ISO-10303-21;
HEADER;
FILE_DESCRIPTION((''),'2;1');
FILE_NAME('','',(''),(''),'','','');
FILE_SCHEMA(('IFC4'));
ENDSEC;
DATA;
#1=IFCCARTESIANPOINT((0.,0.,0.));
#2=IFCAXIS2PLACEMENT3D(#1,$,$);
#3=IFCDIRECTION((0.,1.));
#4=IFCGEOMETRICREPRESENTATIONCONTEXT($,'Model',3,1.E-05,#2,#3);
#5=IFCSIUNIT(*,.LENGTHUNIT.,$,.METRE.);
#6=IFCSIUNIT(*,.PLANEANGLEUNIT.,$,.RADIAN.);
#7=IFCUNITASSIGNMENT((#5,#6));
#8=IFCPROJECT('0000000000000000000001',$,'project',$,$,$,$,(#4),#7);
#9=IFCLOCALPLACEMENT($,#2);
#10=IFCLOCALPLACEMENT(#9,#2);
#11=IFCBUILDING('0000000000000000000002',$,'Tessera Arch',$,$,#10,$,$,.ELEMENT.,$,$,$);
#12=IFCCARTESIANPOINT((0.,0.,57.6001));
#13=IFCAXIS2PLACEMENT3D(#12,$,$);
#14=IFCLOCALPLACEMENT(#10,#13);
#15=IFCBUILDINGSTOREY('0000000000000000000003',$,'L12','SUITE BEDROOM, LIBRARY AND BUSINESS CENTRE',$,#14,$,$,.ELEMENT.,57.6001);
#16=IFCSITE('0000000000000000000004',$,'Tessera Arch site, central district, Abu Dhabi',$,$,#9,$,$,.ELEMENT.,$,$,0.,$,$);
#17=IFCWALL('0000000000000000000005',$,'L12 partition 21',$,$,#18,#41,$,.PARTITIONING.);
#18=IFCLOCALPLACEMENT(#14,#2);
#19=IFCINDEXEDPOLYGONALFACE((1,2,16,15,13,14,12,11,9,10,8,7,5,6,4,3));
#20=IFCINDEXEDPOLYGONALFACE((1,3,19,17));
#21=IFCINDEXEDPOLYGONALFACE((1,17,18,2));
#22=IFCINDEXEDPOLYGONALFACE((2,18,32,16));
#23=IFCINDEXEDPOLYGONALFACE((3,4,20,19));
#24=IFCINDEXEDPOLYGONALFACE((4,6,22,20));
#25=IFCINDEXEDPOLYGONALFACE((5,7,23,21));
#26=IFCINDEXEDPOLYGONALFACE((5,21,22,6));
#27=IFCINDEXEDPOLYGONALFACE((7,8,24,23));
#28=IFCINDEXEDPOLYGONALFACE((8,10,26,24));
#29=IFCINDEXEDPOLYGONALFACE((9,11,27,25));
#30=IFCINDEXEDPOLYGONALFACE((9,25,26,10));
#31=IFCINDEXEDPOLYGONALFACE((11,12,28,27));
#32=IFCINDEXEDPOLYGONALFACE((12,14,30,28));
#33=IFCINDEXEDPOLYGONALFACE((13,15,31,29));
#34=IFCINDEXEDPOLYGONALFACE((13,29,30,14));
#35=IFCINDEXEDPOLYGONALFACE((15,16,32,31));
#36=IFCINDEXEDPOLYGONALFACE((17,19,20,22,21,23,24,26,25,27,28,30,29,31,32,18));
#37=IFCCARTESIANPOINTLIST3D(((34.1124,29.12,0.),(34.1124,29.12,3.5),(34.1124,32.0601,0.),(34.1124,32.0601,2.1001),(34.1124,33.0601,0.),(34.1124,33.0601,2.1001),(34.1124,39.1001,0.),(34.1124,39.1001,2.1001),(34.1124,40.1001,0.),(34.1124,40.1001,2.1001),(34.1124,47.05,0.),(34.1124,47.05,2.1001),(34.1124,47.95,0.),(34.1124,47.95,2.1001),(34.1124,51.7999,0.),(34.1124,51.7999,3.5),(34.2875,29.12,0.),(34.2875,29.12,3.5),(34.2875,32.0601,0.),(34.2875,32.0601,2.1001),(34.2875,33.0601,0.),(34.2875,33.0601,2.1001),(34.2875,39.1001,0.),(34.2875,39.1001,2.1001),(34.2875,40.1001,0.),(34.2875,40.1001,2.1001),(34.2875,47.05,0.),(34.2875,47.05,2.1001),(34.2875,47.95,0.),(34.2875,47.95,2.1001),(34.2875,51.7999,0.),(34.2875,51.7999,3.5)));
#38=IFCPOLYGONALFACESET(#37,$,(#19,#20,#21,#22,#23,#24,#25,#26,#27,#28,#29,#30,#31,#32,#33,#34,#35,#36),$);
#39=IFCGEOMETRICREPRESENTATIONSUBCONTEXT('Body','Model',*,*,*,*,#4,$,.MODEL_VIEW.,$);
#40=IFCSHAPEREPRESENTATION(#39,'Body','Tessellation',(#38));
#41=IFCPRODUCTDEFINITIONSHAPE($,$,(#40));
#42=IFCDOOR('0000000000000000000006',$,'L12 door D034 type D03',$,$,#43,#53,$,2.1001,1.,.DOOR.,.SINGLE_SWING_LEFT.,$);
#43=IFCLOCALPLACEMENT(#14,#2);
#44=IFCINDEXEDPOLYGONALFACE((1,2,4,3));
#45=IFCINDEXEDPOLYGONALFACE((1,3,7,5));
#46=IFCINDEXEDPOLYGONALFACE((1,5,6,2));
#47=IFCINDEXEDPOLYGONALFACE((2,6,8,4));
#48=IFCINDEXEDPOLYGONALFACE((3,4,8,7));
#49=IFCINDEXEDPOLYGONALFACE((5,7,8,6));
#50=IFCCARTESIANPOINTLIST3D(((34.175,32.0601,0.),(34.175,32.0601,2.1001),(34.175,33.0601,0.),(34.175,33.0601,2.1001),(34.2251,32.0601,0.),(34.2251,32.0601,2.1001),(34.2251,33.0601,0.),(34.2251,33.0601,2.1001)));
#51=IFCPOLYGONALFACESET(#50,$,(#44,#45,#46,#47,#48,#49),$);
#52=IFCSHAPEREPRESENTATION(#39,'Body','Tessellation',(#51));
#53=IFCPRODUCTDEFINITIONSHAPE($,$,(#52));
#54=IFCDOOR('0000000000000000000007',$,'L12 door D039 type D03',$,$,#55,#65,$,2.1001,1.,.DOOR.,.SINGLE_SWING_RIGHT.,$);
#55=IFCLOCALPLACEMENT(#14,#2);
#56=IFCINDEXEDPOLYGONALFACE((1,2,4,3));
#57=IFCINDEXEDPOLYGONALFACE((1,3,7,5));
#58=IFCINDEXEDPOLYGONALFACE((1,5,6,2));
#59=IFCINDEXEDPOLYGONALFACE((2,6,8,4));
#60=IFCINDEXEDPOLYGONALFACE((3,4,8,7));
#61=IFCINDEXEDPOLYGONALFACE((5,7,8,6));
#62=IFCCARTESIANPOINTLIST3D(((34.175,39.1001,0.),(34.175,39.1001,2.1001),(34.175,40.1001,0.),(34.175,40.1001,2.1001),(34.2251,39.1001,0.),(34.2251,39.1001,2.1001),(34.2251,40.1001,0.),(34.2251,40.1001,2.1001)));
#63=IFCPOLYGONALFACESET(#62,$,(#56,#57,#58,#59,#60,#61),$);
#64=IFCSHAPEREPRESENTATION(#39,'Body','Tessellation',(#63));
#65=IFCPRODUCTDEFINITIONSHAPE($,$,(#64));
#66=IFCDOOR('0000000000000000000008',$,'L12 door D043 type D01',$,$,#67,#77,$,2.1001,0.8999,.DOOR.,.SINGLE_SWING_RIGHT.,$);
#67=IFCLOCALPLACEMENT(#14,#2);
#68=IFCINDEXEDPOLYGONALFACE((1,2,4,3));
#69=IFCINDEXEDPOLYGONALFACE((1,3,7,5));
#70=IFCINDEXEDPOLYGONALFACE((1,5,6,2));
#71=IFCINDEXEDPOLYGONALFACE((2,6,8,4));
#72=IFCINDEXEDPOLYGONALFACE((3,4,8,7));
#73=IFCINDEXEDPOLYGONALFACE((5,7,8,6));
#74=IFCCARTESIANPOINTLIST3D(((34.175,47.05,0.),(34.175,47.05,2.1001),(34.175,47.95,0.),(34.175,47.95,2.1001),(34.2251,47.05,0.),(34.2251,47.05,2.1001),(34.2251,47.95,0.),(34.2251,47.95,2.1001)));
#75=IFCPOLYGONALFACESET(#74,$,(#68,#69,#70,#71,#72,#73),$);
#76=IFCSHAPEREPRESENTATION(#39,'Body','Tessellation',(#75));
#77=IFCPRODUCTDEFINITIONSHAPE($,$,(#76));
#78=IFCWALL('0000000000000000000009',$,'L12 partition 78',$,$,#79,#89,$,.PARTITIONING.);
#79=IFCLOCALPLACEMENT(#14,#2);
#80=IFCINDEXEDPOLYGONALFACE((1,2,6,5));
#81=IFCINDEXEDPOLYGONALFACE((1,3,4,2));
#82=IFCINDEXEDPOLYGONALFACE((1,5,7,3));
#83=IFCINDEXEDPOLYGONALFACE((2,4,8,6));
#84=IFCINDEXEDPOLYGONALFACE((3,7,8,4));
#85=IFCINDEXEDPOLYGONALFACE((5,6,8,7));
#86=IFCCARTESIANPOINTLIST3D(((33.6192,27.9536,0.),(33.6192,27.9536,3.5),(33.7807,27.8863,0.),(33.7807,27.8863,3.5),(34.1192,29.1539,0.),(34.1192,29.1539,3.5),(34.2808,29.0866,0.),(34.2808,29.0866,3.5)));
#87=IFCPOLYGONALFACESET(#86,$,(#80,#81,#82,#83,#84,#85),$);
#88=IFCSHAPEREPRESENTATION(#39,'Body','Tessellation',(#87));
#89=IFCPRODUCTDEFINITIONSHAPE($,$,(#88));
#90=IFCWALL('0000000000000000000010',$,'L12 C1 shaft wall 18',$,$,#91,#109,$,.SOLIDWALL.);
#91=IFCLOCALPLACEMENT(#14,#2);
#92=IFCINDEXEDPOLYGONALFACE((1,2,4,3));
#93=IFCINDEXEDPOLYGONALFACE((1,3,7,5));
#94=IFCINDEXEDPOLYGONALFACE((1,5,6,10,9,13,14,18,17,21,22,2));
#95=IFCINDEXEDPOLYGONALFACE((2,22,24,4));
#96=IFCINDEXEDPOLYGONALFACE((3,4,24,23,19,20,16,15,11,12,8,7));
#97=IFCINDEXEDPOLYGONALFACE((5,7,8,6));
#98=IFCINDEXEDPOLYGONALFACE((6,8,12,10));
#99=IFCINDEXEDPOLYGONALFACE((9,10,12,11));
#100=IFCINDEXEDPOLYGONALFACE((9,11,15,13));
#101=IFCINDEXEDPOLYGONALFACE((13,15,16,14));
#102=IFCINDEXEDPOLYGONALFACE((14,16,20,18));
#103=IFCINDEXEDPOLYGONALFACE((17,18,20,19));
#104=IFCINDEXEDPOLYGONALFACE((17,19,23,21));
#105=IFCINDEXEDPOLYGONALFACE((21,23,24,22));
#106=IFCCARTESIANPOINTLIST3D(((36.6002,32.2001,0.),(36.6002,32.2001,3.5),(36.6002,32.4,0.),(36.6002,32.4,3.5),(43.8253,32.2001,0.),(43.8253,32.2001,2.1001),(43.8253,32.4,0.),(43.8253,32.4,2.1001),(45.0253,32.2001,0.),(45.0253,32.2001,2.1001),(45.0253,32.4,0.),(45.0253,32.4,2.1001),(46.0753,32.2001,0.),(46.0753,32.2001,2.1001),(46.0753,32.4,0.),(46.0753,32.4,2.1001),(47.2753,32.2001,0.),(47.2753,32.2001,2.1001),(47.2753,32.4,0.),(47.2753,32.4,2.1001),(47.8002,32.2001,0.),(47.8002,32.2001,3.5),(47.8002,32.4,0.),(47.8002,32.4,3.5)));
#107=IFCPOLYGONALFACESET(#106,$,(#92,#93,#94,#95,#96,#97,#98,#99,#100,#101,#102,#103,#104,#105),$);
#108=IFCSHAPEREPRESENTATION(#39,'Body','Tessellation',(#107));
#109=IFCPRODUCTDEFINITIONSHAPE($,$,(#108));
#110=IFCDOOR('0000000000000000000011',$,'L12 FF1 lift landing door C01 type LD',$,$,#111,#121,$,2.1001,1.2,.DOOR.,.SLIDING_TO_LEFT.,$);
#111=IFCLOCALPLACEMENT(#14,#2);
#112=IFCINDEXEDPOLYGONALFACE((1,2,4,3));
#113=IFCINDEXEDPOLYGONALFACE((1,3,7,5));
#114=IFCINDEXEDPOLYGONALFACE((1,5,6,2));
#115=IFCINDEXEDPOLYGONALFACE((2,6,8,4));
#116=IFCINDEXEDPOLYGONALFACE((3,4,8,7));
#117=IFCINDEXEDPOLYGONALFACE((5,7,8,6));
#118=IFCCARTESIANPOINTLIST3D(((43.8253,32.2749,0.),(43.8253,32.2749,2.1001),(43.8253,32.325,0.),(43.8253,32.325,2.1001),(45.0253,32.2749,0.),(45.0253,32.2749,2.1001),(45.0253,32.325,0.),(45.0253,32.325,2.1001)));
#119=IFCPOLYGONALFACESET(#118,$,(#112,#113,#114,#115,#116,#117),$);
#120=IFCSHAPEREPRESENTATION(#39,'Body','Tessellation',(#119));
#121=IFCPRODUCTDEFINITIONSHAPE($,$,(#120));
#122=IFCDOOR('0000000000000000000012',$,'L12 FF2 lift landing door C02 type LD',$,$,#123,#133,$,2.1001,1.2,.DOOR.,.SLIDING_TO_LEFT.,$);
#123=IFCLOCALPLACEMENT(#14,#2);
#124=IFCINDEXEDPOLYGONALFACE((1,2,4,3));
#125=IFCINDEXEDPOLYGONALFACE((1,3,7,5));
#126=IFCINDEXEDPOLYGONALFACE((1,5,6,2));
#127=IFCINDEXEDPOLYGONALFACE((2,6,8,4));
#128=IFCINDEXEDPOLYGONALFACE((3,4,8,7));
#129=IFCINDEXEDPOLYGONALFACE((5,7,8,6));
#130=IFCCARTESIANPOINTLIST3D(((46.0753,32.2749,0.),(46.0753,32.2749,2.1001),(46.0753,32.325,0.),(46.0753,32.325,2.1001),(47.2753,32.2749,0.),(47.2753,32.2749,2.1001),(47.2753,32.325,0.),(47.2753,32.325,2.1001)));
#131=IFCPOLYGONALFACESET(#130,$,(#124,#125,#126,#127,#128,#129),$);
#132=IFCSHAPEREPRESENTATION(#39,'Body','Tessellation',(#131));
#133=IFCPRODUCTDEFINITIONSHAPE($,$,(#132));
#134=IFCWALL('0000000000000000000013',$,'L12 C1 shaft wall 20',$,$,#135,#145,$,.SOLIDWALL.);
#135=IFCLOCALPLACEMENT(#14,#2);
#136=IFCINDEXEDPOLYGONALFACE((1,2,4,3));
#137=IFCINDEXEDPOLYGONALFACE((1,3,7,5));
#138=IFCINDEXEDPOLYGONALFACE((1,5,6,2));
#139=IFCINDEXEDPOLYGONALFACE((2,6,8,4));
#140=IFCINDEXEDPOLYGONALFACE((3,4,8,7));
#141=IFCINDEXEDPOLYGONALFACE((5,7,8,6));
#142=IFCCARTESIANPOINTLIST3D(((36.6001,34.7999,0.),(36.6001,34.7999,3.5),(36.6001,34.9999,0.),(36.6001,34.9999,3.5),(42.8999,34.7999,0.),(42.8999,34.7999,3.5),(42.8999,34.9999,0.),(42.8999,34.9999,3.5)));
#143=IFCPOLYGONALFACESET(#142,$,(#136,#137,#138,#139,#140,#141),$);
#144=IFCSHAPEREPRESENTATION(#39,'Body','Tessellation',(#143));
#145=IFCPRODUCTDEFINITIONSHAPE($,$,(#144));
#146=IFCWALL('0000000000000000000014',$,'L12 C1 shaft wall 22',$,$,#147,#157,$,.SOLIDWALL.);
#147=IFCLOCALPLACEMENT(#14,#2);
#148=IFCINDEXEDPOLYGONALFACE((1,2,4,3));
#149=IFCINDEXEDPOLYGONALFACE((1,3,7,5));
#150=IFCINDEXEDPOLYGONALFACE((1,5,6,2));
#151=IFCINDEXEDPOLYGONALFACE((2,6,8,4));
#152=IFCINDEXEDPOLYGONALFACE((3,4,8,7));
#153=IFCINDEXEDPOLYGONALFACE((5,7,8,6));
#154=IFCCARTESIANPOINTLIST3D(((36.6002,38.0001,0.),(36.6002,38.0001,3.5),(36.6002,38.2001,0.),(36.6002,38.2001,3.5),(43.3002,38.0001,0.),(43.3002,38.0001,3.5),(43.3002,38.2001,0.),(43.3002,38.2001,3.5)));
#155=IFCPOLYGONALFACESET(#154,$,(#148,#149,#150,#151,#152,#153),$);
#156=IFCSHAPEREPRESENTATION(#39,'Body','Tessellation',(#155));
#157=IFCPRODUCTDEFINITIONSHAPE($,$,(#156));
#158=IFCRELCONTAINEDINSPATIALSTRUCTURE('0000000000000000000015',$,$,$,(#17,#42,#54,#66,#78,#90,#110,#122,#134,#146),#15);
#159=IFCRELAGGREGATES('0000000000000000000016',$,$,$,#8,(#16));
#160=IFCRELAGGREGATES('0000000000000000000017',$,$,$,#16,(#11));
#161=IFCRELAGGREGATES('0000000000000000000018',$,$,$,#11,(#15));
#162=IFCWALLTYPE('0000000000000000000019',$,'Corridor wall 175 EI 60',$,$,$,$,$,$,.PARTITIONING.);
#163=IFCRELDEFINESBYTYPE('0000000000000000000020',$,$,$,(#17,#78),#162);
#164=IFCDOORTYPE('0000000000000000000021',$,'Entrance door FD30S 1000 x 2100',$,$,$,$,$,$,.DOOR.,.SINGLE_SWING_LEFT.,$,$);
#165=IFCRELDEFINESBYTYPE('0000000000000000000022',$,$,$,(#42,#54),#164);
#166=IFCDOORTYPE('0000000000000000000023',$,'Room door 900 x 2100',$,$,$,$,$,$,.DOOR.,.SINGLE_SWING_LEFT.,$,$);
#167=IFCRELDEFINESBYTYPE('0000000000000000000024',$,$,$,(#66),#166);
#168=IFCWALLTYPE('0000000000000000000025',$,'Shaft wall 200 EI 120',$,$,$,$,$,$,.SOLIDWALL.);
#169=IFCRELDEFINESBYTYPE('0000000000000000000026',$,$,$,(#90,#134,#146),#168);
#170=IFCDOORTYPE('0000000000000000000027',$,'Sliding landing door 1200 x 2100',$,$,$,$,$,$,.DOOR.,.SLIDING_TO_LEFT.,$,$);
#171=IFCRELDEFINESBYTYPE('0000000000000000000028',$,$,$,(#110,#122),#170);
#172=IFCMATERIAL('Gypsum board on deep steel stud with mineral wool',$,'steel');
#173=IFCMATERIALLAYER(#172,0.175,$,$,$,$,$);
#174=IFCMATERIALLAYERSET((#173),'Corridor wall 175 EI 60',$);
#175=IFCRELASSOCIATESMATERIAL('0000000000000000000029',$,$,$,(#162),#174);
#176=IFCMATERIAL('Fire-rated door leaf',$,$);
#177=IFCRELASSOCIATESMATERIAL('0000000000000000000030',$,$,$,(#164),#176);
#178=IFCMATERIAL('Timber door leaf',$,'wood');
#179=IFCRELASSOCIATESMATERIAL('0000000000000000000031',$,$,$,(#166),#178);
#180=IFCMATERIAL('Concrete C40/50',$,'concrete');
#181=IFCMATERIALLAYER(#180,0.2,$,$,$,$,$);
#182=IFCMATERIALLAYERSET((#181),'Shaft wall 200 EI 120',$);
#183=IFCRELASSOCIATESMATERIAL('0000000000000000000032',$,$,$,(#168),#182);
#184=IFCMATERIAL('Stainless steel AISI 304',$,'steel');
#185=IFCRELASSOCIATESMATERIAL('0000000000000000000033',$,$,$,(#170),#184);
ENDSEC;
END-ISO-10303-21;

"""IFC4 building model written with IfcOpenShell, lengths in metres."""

from ifc_helpers import new_model, si_unit, direction, frame, frame_2d, origin, place, context, subcontext, project, spatial, rectangle, extrude, material, layer, layer_set, type_object, element, fill, save


model = new_model("IFC4")

# Units and contexts
model_context = context("Model", 3, precision=1e-05, world=origin(), true_north=direction((0.0, 1.0)))
body_context = subcontext(model_context, "Body", "Model", "MODEL_VIEW")
ifc_project = project(units=[si_unit("LENGTHUNIT", "METRE"), si_unit("PLANEANGLEUNIT", "RADIAN")], contexts=[model_context])

# Site, building, storey
site_placement = place(None, origin())
site = spatial("IfcSite", under=ifc_project, at=site_placement, Name="Tessera Arch site, central district, Abu Dhabi", CompositionType="ELEMENT", RefElevation=0.0)
building_placement = place(site_placement, origin())
building = spatial("IfcBuilding", under=site, at=building_placement, Name="Tessera Arch", CompositionType="ELEMENT")
storey_placement = place(building_placement, frame((0.0, 0.0, 57.6001)))
storey = spatial("IfcBuildingStorey", under=building, at=storey_placement, Name="L12", Description="SUITE BEDROOM, LIBRARY AND BUSINESS CENTRE", CompositionType="ELEMENT", Elevation=57.6001)

# Shared definitions
ifc_material_1 = material(Name="Gypsum board on deep steel stud with mineral wool", Category="steel")
ifc_layer_1 = layer(ifc_material_1, 0.175)
ifc_layer_set_1 = layer_set([ifc_layer_1], Name="Corridor wall 175 EI 60")
wall_type_1 = type_object("IfcWallType", Name="Corridor wall 175 EI 60", PredefinedType="PARTITIONING", material=ifc_layer_set_1)

# Wall, openings, doors
wall_1_placement = place(storey_placement, frame((34.2, 29.1201, 0.0), z_axis=(0.0, 0.0, 1.0), x_axis=(0.0, 1.0, 0.0)))
wall_1 = element("IfcWall", 1, at=wall_1_placement, inside=storey, type_object=wall_type_1, Name="L12 partition 21", PredefinedType="PARTITIONING", context=body_context, shape_type="SweptSolid", body=[
    extrude(rectangle(XDim=22.6799, YDim=0.175, at=frame_2d((11.3398, 0.0))), origin(), (0.0, 0.0, 1.0), 3.5),
])
opening_1_placement = place(wall_1_placement, frame((2.9399, 0.0, 0.0)))
opening_1 = element("IfcOpeningElement", 2, at=opening_1_placement, cuts=wall_1, PredefinedType="OPENING", context=body_context, shape_type="SweptSolid", body=[
    extrude(rectangle(XDim=1.0, YDim=2.1001, at=frame_2d((0.5, 1.05))), frame((0.0, 0.0974, 0.0), z_axis=(0.0, -1.0, 0.0), x_axis=(1.0, 0.0, 0.0)), (0.0, 0.0, 1.0), 0.1951),
])
opening_2_placement = place(wall_1_placement, frame((9.98, 0.0, 0.0)))
opening_2 = element("IfcOpeningElement", 3, at=opening_2_placement, cuts=wall_1, PredefinedType="OPENING", context=body_context, shape_type="SweptSolid", body=[
    extrude(rectangle(XDim=1.0, YDim=2.1001, at=frame_2d((0.5, 1.05))), frame((0.0, 0.0974, 0.0), z_axis=(0.0, -1.0, 0.0), x_axis=(1.0, 0.0, 0.0)), (0.0, 0.0, 1.0), 0.1951),
])
opening_3_placement = place(wall_1_placement, frame((17.9299, 0.0, 0.0)))
opening_3 = element("IfcOpeningElement", 4, at=opening_3_placement, cuts=wall_1, PredefinedType="OPENING", context=body_context, shape_type="SweptSolid", body=[
    extrude(rectangle(XDim=0.8999, YDim=2.1001, at=frame_2d((0.45, 1.05))), frame((0.0, 0.0974, 0.0), z_axis=(0.0, -1.0, 0.0), x_axis=(1.0, 0.0, 0.0)), (0.0, 0.0, 1.0), 0.1951),
])
ifc_material_2 = material(Name="Fire-rated door leaf")
door_type_1 = type_object("IfcDoorType", Name="Entrance door FD30S 1000 x 2100", OperationType="SINGLE_SWING_LEFT", PredefinedType="DOOR", material=ifc_material_2)
door_1_placement = place(opening_1_placement, origin())
door_1 = element("IfcDoor", 5, at=door_1_placement, inside=storey, type_object=door_type_1, Name="L12 door D034 type D03", OperationType="SINGLE_SWING_LEFT", OverallHeight=2.1001, OverallWidth=1.0, PredefinedType="DOOR", context=body_context, shape_type="SweptSolid", body=[
    extrude(rectangle(XDim=1.0, YDim=2.1001, at=frame_2d((0.5, 1.05))), frame((0.0, 0.0249, 0.0), z_axis=(0.0, -1.0, 0.0), x_axis=(1.0, 0.0, 0.0)), (0.0, 0.0, 1.0), 0.05),
])
fill(opening_1, door_1)
door_2_placement = place(opening_2_placement, origin())
door_2 = element("IfcDoor", 6, at=door_2_placement, inside=storey, type_object=door_type_1, Name="L12 door D039 type D03", OperationType="SINGLE_SWING_RIGHT", OverallHeight=2.1001, OverallWidth=1.0, PredefinedType="DOOR", context=body_context, shape_type="SweptSolid", body=[
    extrude(rectangle(XDim=1.0, YDim=2.1001, at=frame_2d((0.5, 1.05))), frame((0.0, 0.0249, 0.0), z_axis=(0.0, -1.0, 0.0), x_axis=(1.0, 0.0, 0.0)), (0.0, 0.0, 1.0), 0.05),
])
fill(opening_2, door_2)
ifc_material_3 = material(Name="Timber door leaf", Category="wood")
door_type_2 = type_object("IfcDoorType", Name="Room door 900 x 2100", OperationType="SINGLE_SWING_LEFT", PredefinedType="DOOR", material=ifc_material_3)
door_3_placement = place(opening_3_placement, origin())
door_3 = element("IfcDoor", 7, at=door_3_placement, inside=storey, type_object=door_type_2, Name="L12 door D043 type D01", OperationType="SINGLE_SWING_RIGHT", OverallHeight=2.1001, OverallWidth=0.8999, PredefinedType="DOOR", context=body_context, shape_type="SweptSolid", body=[
    extrude(rectangle(XDim=0.8999, YDim=2.1001, at=frame_2d((0.45, 1.05))), frame((0.0, 0.0249, 0.0), z_axis=(0.0, -1.0, 0.0), x_axis=(1.0, 0.0, 0.0)), (0.0, 0.0, 1.0), 0.05),
])
fill(opening_3, door_3)

# Wall
wall_2_placement = place(storey_placement, frame((33.7, 27.9199, 0.0), z_axis=(0.0, 0.0, 1.0), x_axis=(0.384562, 0.923099, 0.0)))
element("IfcWall", 8, at=wall_2_placement, inside=storey, type_object=wall_type_1, Name="L12 partition 78", PredefinedType="PARTITIONING", context=body_context, shape_type="SweptSolid", body=[
    extrude(rectangle(XDim=1.3003, YDim=0.175, at=frame_2d((0.6501, 0.0))), origin(), (0.0, 0.0, 1.0), 3.5),
])

# Wall, openings, doors
ifc_material_4 = material(Name="Concrete C40/50", Category="concrete")
ifc_layer_2 = layer(ifc_material_4, 0.2)
ifc_layer_set_2 = layer_set([ifc_layer_2], Name="Shaft wall 200 EI 120")
wall_type_2 = type_object("IfcWallType", Name="Shaft wall 200 EI 120", PredefinedType="SOLIDWALL", material=ifc_layer_set_2)
wall_3_placement = place(storey_placement, frame((36.6001, 32.3, 0.0), z_axis=(0.0, 0.0, 1.0), x_axis=(1.0, 0.0, 0.0)))
wall_3 = element("IfcWall", 9, at=wall_3_placement, inside=storey, type_object=wall_type_2, Name="L12 C1 shaft wall 18", PredefinedType="SOLIDWALL", context=body_context, shape_type="SweptSolid", body=[
    extrude(rectangle(XDim=11.2, YDim=0.2, at=frame_2d((5.6001, 0.0))), origin(), (0.0, 0.0, 1.0), 3.5),
])
opening_4_placement = place(wall_3_placement, frame((7.2251, 0.0, 0.0)))
opening_4 = element("IfcOpeningElement", 10, at=opening_4_placement, cuts=wall_3, PredefinedType="OPENING", context=body_context, shape_type="SweptSolid", body=[
    extrude(rectangle(XDim=1.2, YDim=2.1001, at=frame_2d((0.6001, 1.05))), frame((0.0, 0.1099, 0.0), z_axis=(0.0, -1.0, 0.0), x_axis=(1.0, 0.0, 0.0)), (0.0, 0.0, 1.0), 0.22),
])
opening_5_placement = place(wall_3_placement, frame((9.4751, 0.0, 0.0)))
opening_5 = element("IfcOpeningElement", 11, at=opening_5_placement, cuts=wall_3, PredefinedType="OPENING", context=body_context, shape_type="SweptSolid", body=[
    extrude(rectangle(XDim=1.2, YDim=2.1001, at=frame_2d((0.6001, 1.05))), frame((0.0, 0.1099, 0.0), z_axis=(0.0, -1.0, 0.0), x_axis=(1.0, 0.0, 0.0)), (0.0, 0.0, 1.0), 0.22),
])
ifc_material_5 = material(Name="Stainless steel AISI 304", Category="steel")
door_type_3 = type_object("IfcDoorType", Name="Sliding landing door 1200 x 2100", OperationType="SLIDING_TO_LEFT", PredefinedType="DOOR", material=ifc_material_5)
door_4_placement = place(opening_4_placement, origin())
door_4 = element("IfcDoor", 12, at=door_4_placement, inside=storey, type_object=door_type_3, Name="L12 FF1 lift landing door C01 type LD", OperationType="SLIDING_TO_LEFT", OverallHeight=2.1001, OverallWidth=1.2, PredefinedType="DOOR", context=body_context, shape_type="SweptSolid", body=[
    extrude(rectangle(XDim=1.2, YDim=2.1001, at=frame_2d((0.6001, 1.05))), frame((0.0, 0.0249, 0.0), z_axis=(0.0, -1.0, 0.0), x_axis=(1.0, 0.0, 0.0)), (0.0, 0.0, 1.0), 0.05),
])
fill(opening_4, door_4)
door_5_placement = place(opening_5_placement, origin())
door_5 = element("IfcDoor", 13, at=door_5_placement, inside=storey, type_object=door_type_3, Name="L12 FF2 lift landing door C02 type LD", OperationType="SLIDING_TO_LEFT", OverallHeight=2.1001, OverallWidth=1.2, PredefinedType="DOOR", context=body_context, shape_type="SweptSolid", body=[
    extrude(rectangle(XDim=1.2, YDim=2.1001, at=frame_2d((0.6001, 1.05))), frame((0.0, 0.0249, 0.0), z_axis=(0.0, -1.0, 0.0), x_axis=(1.0, 0.0, 0.0)), (0.0, 0.0, 1.0), 0.05),
])
fill(opening_5, door_5)

# Walls
wall_4_placement = place(storey_placement, frame((36.6001, 34.8999, 0.0), z_axis=(0.0, 0.0, 1.0), x_axis=(1.0, 0.0, 0.0)))
element("IfcWall", 14, at=wall_4_placement, inside=storey, type_object=wall_type_2, Name="L12 C1 shaft wall 20", PredefinedType="SOLIDWALL", context=body_context, shape_type="SweptSolid", body=[
    extrude(rectangle(XDim=6.2998, YDim=0.2, at=frame_2d((3.1499, 0.0))), origin(), (0.0, 0.0, 1.0), 3.5),
])
wall_5_placement = place(storey_placement, frame((36.6001, 38.1001, 0.0), z_axis=(0.0, 0.0, 1.0), x_axis=(1.0, 0.0, 0.0)))
element("IfcWall", 15, at=wall_5_placement, inside=storey, type_object=wall_type_2, Name="L12 C1 shaft wall 22", PredefinedType="SOLIDWALL", context=body_context, shape_type="SweptSolid", body=[
    extrude(rectangle(XDim=6.7, YDim=0.2, at=frame_2d((3.3501, 0.0))), origin(), (0.0, 0.0, 1.0), 3.5),
])

save(model, "model.ifc")
